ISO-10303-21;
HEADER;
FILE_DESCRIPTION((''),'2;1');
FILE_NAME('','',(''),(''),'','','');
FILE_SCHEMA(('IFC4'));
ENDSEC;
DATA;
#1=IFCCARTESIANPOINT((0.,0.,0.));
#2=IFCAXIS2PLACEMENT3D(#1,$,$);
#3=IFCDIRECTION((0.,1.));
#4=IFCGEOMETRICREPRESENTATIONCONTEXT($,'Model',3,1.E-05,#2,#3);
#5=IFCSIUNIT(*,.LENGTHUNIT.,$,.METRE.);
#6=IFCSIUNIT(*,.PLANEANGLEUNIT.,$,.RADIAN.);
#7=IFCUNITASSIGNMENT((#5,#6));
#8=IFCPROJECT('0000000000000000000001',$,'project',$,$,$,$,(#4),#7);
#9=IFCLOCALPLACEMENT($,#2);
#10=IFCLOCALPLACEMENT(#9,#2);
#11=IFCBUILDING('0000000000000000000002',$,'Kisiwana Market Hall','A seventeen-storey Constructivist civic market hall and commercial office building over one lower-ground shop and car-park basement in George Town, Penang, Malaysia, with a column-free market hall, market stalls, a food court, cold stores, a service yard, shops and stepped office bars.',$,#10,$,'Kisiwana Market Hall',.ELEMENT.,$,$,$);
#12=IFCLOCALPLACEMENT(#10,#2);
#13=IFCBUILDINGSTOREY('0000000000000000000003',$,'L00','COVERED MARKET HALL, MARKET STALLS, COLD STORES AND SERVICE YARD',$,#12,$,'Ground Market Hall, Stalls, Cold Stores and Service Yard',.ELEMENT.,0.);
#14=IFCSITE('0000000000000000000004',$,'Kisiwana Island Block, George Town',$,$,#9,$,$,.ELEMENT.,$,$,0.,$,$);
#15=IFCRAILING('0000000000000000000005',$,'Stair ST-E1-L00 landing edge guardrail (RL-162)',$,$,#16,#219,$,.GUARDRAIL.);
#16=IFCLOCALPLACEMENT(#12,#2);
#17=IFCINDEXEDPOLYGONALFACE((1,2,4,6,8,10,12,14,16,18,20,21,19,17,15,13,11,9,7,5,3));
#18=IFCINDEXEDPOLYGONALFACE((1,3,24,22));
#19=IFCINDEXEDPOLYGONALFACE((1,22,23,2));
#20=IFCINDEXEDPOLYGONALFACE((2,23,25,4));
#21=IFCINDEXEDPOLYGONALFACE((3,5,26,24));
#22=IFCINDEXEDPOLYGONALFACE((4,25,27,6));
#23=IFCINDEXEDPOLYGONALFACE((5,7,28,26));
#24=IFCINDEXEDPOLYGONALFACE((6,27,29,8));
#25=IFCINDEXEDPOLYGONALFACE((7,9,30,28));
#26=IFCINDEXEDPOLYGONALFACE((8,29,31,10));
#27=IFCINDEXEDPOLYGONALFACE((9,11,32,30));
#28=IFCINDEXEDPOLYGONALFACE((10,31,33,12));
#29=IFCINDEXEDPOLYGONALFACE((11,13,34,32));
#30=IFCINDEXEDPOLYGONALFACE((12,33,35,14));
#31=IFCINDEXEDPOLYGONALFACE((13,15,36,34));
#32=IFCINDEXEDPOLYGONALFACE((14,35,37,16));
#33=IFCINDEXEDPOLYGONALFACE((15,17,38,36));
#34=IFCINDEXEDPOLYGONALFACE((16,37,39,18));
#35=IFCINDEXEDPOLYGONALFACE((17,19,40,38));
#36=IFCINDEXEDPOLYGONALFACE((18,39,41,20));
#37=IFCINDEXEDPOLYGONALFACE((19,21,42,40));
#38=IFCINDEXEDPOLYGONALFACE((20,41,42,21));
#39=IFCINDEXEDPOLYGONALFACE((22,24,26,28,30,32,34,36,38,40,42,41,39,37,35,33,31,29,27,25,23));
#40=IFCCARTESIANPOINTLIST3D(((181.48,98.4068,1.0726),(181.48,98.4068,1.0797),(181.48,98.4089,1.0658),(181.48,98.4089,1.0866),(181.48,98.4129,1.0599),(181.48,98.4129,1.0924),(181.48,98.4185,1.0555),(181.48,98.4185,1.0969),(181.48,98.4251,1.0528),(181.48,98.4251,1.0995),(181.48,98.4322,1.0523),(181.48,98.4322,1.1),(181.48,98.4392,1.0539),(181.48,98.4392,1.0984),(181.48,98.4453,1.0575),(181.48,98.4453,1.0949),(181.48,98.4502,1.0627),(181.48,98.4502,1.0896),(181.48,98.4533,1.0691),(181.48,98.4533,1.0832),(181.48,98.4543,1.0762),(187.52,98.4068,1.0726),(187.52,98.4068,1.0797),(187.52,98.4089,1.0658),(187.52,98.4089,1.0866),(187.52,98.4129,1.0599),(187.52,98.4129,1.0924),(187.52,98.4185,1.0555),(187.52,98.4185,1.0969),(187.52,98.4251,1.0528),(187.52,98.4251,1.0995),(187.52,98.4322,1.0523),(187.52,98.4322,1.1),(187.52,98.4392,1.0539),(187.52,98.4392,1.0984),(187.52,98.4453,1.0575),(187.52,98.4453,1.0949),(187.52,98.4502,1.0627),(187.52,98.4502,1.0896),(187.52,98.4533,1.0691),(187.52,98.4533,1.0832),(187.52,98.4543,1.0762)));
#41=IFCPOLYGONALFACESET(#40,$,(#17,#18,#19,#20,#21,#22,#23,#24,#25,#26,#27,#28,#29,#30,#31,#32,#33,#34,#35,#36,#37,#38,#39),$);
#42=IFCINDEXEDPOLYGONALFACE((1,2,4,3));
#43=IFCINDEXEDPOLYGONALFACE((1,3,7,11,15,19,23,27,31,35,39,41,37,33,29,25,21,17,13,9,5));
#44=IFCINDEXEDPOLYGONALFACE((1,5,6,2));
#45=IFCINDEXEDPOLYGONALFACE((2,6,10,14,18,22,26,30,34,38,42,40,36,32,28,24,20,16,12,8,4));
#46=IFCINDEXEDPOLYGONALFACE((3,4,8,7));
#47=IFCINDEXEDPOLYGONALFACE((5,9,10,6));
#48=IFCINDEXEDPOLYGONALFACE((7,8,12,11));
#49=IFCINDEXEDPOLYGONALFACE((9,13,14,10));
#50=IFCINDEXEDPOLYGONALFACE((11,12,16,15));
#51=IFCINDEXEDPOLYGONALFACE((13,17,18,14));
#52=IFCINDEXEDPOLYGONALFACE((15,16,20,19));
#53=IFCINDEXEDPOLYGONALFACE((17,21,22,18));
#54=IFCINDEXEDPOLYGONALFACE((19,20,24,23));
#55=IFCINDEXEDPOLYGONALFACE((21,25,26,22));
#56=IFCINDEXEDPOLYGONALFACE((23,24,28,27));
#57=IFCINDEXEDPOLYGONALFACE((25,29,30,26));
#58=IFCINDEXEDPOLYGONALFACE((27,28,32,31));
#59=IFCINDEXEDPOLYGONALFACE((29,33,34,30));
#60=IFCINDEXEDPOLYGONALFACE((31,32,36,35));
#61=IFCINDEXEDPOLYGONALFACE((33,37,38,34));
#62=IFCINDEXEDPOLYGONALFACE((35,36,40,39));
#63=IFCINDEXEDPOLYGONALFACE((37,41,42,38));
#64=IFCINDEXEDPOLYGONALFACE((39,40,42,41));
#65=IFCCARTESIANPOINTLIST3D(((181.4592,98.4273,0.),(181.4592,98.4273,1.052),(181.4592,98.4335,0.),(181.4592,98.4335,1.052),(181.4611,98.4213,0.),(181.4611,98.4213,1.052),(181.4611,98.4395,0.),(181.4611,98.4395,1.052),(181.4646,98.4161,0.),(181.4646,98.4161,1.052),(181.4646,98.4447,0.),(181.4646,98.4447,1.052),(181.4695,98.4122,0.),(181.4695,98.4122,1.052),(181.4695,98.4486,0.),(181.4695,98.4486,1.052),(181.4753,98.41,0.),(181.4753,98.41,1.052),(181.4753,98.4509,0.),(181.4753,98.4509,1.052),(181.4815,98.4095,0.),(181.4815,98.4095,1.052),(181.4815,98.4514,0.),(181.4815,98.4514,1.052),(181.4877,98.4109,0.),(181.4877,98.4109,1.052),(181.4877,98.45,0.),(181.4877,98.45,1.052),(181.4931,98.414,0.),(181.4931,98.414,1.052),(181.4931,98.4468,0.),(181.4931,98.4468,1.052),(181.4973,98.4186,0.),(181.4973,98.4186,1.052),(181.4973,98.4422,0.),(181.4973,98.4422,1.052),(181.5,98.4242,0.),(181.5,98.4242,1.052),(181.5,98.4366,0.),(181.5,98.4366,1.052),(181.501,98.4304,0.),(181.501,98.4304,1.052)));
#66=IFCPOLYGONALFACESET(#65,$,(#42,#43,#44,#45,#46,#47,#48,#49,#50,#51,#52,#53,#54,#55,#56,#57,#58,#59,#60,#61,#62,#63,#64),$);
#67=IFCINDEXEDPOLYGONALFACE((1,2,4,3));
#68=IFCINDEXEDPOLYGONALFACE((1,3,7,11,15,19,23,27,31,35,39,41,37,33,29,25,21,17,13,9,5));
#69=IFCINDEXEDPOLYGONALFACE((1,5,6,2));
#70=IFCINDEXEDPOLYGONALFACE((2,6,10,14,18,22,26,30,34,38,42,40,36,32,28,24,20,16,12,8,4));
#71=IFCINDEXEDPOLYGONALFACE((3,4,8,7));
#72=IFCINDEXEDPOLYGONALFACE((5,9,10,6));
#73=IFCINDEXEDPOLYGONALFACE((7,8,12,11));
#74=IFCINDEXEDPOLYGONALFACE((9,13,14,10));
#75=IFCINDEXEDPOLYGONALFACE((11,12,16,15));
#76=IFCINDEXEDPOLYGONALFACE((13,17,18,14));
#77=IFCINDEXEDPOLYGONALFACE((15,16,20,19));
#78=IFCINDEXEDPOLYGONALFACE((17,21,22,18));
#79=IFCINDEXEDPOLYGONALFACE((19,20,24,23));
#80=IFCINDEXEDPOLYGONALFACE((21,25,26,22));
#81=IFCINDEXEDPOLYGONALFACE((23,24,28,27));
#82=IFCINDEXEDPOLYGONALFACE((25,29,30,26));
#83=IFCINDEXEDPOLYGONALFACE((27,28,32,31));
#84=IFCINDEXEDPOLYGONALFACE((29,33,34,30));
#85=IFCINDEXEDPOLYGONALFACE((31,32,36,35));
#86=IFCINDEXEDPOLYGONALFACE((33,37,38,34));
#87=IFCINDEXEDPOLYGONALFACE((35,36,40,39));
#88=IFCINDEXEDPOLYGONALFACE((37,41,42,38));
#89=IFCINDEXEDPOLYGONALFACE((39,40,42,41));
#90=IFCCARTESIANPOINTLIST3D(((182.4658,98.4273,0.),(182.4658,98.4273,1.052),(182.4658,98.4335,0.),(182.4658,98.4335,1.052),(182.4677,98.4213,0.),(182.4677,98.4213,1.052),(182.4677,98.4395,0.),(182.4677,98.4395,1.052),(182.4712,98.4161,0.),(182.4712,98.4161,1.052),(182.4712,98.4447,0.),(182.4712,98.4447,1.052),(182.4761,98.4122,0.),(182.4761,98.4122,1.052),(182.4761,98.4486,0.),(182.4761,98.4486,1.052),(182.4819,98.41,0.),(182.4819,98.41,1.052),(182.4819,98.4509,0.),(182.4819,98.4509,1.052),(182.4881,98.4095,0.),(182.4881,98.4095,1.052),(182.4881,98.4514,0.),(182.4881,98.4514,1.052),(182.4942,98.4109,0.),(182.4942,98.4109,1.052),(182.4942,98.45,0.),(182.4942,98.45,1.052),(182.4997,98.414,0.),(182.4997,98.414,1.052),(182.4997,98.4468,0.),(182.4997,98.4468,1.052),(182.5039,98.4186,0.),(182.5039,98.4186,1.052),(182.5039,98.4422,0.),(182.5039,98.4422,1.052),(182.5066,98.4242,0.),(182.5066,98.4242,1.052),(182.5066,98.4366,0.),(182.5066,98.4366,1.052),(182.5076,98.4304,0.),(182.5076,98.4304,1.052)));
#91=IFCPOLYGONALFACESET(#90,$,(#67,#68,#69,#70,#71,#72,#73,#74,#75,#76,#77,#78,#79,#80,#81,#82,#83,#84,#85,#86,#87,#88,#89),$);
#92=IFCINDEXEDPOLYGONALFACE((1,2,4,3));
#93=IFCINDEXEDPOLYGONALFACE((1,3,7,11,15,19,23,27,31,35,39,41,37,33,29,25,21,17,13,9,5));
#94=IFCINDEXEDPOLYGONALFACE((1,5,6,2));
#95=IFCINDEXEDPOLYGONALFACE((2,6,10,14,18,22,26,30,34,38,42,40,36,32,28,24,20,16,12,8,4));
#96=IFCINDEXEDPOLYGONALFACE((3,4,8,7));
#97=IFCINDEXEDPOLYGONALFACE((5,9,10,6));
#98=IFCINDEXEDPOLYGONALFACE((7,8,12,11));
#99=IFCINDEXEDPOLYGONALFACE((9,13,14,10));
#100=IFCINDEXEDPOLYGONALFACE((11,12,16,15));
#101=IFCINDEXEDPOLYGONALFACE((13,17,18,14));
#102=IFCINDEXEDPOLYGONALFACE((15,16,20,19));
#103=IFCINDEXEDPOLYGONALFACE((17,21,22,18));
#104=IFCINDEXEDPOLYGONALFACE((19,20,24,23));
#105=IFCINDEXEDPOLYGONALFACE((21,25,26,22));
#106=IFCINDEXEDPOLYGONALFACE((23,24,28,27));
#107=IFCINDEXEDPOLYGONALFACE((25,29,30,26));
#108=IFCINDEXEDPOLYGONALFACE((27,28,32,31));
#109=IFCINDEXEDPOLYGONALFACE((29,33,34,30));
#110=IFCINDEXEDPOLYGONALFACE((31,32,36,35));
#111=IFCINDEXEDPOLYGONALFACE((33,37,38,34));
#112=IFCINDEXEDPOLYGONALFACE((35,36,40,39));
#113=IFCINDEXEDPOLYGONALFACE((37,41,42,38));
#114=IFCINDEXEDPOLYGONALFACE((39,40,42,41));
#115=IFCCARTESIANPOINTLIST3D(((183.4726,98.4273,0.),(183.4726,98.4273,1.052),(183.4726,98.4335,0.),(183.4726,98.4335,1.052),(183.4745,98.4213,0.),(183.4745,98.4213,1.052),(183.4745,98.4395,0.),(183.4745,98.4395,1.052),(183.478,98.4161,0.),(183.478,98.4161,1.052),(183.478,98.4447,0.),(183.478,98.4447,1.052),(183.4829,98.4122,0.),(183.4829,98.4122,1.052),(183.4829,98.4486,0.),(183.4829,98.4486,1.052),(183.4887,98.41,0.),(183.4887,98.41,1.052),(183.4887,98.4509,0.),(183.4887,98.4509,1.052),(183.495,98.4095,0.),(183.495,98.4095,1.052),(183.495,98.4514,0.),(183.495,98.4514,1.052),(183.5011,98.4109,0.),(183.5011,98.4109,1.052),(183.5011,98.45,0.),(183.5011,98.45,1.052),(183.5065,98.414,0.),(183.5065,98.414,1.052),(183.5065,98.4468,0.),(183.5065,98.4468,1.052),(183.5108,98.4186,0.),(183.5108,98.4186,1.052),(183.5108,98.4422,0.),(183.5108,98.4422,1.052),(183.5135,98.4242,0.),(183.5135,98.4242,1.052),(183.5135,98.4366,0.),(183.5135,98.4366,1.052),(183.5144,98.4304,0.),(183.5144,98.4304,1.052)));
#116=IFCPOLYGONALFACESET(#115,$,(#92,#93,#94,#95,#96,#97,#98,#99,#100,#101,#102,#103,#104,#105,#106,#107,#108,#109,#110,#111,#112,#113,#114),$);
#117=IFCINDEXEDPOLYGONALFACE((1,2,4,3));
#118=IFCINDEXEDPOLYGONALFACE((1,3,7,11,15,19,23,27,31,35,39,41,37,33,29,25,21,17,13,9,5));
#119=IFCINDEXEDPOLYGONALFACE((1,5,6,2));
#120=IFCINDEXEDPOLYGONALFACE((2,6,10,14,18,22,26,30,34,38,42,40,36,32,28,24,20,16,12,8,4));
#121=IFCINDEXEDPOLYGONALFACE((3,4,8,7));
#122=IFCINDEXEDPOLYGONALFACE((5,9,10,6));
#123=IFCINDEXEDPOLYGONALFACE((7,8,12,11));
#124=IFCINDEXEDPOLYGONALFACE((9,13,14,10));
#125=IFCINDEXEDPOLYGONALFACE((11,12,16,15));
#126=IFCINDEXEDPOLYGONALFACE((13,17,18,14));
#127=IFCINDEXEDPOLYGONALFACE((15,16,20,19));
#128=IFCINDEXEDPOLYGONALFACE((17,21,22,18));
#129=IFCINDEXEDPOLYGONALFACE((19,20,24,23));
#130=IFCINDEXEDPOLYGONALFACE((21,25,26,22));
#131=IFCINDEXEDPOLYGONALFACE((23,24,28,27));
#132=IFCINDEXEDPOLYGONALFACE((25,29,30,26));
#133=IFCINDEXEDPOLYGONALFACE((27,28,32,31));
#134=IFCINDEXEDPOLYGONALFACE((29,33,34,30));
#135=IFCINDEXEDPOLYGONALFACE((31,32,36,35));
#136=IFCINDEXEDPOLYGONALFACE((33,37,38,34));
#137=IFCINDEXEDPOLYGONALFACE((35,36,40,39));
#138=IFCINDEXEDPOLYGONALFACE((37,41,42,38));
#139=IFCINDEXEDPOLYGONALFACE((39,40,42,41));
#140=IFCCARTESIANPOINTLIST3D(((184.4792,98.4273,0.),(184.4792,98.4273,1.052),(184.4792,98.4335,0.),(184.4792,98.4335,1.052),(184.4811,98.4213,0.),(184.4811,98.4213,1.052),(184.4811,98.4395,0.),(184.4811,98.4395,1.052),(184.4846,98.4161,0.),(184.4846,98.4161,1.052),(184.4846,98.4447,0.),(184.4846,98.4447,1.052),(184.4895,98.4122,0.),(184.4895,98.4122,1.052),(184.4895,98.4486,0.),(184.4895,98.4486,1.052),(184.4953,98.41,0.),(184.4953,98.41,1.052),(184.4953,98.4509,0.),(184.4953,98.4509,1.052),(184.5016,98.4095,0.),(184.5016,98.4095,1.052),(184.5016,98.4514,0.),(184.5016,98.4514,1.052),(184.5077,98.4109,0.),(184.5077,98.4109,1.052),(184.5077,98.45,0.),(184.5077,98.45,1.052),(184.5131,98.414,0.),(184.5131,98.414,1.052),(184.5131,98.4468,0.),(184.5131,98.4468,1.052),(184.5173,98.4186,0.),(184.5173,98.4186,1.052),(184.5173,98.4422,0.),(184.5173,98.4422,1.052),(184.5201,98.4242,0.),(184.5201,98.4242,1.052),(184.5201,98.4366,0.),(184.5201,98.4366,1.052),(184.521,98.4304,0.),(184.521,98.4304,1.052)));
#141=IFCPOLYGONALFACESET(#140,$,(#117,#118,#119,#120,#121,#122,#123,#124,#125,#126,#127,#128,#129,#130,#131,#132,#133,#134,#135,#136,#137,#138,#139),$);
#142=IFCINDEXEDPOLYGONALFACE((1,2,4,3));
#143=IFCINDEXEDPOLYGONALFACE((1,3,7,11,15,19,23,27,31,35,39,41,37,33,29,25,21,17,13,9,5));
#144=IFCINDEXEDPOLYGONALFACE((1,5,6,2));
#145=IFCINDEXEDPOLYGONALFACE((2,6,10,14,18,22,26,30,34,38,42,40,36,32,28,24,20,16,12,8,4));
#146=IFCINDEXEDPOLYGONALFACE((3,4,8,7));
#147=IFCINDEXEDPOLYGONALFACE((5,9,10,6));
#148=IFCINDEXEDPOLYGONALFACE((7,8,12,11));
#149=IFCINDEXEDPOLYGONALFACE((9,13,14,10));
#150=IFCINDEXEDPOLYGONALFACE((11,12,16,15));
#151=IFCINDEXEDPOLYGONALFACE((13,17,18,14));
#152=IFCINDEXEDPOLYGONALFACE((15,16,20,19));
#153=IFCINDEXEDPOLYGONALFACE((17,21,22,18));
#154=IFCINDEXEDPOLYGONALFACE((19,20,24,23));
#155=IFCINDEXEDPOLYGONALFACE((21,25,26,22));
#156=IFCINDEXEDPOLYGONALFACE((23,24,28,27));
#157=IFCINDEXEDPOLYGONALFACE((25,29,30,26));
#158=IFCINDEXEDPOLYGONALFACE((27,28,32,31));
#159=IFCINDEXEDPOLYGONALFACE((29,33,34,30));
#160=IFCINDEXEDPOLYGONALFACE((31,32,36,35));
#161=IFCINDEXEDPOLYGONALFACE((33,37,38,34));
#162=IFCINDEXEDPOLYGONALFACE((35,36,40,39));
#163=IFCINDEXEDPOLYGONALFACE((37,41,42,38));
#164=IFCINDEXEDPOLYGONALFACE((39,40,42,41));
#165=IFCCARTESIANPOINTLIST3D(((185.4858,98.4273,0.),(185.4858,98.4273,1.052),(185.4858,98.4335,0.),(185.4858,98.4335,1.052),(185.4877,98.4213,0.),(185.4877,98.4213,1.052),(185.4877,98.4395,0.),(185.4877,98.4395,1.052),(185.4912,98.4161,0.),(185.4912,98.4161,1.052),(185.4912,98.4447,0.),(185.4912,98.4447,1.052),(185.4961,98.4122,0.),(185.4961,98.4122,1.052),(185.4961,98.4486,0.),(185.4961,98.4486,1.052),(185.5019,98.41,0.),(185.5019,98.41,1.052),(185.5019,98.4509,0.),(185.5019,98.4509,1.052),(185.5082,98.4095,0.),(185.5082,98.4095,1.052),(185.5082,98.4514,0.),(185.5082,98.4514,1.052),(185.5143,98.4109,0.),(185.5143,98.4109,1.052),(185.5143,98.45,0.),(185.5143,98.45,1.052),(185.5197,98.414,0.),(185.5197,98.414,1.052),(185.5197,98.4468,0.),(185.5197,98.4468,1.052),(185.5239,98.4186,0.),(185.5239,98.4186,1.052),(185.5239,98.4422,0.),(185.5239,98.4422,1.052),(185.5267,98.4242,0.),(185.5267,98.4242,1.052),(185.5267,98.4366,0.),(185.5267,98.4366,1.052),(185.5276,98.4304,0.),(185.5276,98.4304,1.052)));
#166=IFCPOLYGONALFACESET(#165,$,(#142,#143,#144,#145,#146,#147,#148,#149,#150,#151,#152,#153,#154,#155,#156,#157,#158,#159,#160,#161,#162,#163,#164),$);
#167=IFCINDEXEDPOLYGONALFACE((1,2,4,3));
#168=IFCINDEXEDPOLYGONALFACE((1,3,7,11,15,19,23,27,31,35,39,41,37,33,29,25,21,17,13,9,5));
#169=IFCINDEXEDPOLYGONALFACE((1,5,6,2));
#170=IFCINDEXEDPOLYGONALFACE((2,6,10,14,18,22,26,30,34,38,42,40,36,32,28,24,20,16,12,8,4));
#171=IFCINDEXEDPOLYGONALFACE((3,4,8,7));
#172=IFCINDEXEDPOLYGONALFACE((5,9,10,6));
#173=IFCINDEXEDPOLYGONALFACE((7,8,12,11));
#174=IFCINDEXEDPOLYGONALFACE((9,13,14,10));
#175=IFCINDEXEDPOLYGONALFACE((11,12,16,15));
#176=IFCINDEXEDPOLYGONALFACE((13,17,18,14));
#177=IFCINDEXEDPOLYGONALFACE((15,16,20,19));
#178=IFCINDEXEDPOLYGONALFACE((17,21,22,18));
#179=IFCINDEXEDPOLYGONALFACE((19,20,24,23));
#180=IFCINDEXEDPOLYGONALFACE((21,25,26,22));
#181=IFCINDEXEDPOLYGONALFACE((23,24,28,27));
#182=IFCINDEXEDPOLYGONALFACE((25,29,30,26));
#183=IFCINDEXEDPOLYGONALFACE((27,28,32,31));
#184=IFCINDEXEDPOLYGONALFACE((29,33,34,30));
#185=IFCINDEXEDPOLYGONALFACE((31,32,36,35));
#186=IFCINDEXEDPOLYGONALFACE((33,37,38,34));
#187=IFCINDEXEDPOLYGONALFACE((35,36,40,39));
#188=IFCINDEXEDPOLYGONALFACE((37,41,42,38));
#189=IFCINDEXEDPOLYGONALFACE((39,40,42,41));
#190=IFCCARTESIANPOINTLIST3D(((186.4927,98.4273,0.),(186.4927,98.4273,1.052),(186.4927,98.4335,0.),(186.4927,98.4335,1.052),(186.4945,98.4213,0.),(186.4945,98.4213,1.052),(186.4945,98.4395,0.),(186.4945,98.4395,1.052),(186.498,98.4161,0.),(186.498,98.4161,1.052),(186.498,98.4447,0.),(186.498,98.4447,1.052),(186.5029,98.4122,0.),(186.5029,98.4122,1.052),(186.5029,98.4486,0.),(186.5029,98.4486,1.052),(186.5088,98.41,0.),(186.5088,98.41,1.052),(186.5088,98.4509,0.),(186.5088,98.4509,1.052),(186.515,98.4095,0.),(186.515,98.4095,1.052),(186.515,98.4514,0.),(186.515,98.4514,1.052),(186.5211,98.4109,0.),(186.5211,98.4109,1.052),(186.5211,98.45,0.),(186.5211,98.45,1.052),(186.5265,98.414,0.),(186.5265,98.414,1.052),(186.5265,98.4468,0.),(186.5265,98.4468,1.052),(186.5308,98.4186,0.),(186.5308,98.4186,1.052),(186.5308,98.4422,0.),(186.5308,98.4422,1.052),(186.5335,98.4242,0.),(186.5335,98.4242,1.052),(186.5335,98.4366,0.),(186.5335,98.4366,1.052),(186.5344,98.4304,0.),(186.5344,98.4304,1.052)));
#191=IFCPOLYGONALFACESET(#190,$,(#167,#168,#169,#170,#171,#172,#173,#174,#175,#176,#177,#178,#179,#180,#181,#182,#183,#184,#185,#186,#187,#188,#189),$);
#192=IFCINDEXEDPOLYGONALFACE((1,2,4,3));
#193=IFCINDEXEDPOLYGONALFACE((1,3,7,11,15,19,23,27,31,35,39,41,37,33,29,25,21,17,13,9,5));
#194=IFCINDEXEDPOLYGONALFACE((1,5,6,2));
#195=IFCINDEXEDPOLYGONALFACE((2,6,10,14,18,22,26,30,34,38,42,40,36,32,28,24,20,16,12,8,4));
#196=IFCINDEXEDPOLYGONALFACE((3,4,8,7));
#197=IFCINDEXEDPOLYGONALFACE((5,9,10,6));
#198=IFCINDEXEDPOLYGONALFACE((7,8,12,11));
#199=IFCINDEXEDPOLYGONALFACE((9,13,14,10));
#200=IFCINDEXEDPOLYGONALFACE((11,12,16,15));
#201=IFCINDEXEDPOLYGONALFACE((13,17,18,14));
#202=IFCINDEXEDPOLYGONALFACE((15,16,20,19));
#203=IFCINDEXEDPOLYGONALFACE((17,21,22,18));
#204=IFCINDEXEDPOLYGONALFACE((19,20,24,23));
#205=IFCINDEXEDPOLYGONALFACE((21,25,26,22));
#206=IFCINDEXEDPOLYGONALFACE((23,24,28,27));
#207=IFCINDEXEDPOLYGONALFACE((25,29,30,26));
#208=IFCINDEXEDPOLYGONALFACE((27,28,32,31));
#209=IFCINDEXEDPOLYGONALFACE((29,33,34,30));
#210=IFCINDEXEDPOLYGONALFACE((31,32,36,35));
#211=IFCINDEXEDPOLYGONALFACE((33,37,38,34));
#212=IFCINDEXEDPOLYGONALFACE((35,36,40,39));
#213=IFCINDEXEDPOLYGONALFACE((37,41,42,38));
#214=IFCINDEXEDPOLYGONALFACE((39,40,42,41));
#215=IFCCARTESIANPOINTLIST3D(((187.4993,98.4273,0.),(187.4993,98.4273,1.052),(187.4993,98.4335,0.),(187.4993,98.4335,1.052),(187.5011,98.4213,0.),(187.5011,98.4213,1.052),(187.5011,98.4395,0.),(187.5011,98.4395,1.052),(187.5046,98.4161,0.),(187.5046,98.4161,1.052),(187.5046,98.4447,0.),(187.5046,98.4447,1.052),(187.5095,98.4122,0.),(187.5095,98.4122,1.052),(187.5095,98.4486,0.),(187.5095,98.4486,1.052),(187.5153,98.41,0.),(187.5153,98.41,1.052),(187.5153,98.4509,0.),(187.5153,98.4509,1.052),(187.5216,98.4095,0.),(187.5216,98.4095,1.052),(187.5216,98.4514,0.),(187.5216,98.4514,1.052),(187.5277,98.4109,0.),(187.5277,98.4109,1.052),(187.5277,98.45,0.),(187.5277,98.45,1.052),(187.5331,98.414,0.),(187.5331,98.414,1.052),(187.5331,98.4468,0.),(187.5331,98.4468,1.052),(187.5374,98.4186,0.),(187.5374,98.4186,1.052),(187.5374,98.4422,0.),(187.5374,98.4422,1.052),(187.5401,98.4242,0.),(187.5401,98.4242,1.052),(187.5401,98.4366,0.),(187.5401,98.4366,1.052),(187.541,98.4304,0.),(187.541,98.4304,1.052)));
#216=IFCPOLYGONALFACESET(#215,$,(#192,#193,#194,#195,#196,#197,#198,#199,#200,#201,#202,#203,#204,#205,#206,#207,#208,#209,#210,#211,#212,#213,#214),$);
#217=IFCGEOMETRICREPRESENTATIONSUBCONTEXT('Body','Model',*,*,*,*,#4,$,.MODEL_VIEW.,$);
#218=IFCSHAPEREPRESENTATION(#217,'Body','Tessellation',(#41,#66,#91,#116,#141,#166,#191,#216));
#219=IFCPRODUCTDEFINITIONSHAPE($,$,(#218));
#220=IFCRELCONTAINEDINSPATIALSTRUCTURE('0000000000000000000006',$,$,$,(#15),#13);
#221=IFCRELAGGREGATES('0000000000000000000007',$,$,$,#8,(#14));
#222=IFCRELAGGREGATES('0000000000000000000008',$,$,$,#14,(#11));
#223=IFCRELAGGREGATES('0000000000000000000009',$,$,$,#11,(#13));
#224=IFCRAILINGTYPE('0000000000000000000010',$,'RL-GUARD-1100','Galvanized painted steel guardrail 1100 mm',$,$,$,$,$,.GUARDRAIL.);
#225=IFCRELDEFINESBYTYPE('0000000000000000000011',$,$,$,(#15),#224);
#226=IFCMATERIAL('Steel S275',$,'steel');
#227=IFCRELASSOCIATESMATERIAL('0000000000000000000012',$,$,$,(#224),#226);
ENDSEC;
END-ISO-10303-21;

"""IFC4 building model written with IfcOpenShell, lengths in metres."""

from ifc_helpers import new_model, si_unit, direction, frame, origin, origin_2d, place, context, subcontext, project, spatial, circle, extrude, material, type_object, element, save


model = new_model("IFC4")

# Units and contexts
model_context = context("Model", 3, precision=1e-05, world=origin(), true_north=direction((0.0, 1.0)))
body_context = subcontext(model_context, "Body", "Model", "MODEL_VIEW")
ifc_project = project(units=[si_unit("LENGTHUNIT", "METRE"), si_unit("PLANEANGLEUNIT", "RADIAN")], contexts=[model_context])

# Site, building, storey
site_placement = place(None, origin())
site = spatial("IfcSite", under=ifc_project, at=site_placement, Name="Kisiwana Island Block, George Town", CompositionType="ELEMENT", RefElevation=0.0)
building_placement = place(site_placement, origin())
building = spatial("IfcBuilding", under=site, at=building_placement, Name="Kisiwana Market Hall", Description="A seventeen-storey Constructivist civic market hall and commercial office building over one lower-ground shop and car-park basement in George Town, Penang, Malaysia, with a column-free market hall, market stalls, a food court, cold stores, a service yard, shops and stepped office bars.", LongName="Kisiwana Market Hall", CompositionType="ELEMENT")
storey_placement = place(building_placement, origin())
storey = spatial("IfcBuildingStorey", under=building, at=storey_placement, Name="L00", Description="COVERED MARKET HALL, MARKET STALLS, COLD STORES AND SERVICE YARD", LongName="Ground Market Hall, Stalls, Cold Stores and Service Yard", CompositionType="ELEMENT", Elevation=0.0)

# Railing
ifc_material_1 = material(Name="Steel S275", Category="steel")
railing_type_1 = type_object("IfcRailingType", Name="RL-GUARD-1100", Description="Galvanized painted steel guardrail 1100 mm", PredefinedType="GUARDRAIL", material=ifc_material_1)
railing_1_placement = place(storey_placement, frame((181.48, 98.4304, 0.0)))
element("IfcRailing", 1, at=railing_1_placement, inside=storey, type_object=railing_type_1, Name="Stair ST-E1-L00 landing edge guardrail (RL-162)", PredefinedType="GUARDRAIL", context=body_context, shape_type="SweptSolid", body=[
    extrude(circle(Radius=0.0239, at=origin_2d()), frame((0.0, 0.0, 1.0762), z_axis=(1.0, 0.0, 0.0), x_axis=(0.0, 1.0, 0.0)), (0.0, 0.0, 1.0), 6.04),
    extrude(circle(Radius=0.021, at=origin_2d()), origin(), (0.0, 0.0, 1.0), 1.052),
    extrude(circle(Radius=0.021, at=origin_2d()), frame((1.0066, 0.0, 0.0)), (0.0, 0.0, 1.0), 1.052),
    extrude(circle(Radius=0.021, at=origin_2d()), frame((2.0134, 0.0, 0.0)), (0.0, 0.0, 1.0), 1.052),
    extrude(circle(Radius=0.021, at=origin_2d()), frame((3.02, 0.0, 0.0)), (0.0, 0.0, 1.0), 1.052),
    extrude(circle(Radius=0.021, at=origin_2d()), frame((4.0266, 0.0, 0.0)), (0.0, 0.0, 1.0), 1.052),
    extrude(circle(Radius=0.021, at=origin_2d()), frame((5.0334, 0.0, 0.0)), (0.0, 0.0, 1.0), 1.052),
    extrude(circle(Radius=0.021, at=origin_2d()), frame((6.04, 0.0, 0.0)), (0.0, 0.0, 1.0), 1.052),
])

save(model, "model.ifc")
